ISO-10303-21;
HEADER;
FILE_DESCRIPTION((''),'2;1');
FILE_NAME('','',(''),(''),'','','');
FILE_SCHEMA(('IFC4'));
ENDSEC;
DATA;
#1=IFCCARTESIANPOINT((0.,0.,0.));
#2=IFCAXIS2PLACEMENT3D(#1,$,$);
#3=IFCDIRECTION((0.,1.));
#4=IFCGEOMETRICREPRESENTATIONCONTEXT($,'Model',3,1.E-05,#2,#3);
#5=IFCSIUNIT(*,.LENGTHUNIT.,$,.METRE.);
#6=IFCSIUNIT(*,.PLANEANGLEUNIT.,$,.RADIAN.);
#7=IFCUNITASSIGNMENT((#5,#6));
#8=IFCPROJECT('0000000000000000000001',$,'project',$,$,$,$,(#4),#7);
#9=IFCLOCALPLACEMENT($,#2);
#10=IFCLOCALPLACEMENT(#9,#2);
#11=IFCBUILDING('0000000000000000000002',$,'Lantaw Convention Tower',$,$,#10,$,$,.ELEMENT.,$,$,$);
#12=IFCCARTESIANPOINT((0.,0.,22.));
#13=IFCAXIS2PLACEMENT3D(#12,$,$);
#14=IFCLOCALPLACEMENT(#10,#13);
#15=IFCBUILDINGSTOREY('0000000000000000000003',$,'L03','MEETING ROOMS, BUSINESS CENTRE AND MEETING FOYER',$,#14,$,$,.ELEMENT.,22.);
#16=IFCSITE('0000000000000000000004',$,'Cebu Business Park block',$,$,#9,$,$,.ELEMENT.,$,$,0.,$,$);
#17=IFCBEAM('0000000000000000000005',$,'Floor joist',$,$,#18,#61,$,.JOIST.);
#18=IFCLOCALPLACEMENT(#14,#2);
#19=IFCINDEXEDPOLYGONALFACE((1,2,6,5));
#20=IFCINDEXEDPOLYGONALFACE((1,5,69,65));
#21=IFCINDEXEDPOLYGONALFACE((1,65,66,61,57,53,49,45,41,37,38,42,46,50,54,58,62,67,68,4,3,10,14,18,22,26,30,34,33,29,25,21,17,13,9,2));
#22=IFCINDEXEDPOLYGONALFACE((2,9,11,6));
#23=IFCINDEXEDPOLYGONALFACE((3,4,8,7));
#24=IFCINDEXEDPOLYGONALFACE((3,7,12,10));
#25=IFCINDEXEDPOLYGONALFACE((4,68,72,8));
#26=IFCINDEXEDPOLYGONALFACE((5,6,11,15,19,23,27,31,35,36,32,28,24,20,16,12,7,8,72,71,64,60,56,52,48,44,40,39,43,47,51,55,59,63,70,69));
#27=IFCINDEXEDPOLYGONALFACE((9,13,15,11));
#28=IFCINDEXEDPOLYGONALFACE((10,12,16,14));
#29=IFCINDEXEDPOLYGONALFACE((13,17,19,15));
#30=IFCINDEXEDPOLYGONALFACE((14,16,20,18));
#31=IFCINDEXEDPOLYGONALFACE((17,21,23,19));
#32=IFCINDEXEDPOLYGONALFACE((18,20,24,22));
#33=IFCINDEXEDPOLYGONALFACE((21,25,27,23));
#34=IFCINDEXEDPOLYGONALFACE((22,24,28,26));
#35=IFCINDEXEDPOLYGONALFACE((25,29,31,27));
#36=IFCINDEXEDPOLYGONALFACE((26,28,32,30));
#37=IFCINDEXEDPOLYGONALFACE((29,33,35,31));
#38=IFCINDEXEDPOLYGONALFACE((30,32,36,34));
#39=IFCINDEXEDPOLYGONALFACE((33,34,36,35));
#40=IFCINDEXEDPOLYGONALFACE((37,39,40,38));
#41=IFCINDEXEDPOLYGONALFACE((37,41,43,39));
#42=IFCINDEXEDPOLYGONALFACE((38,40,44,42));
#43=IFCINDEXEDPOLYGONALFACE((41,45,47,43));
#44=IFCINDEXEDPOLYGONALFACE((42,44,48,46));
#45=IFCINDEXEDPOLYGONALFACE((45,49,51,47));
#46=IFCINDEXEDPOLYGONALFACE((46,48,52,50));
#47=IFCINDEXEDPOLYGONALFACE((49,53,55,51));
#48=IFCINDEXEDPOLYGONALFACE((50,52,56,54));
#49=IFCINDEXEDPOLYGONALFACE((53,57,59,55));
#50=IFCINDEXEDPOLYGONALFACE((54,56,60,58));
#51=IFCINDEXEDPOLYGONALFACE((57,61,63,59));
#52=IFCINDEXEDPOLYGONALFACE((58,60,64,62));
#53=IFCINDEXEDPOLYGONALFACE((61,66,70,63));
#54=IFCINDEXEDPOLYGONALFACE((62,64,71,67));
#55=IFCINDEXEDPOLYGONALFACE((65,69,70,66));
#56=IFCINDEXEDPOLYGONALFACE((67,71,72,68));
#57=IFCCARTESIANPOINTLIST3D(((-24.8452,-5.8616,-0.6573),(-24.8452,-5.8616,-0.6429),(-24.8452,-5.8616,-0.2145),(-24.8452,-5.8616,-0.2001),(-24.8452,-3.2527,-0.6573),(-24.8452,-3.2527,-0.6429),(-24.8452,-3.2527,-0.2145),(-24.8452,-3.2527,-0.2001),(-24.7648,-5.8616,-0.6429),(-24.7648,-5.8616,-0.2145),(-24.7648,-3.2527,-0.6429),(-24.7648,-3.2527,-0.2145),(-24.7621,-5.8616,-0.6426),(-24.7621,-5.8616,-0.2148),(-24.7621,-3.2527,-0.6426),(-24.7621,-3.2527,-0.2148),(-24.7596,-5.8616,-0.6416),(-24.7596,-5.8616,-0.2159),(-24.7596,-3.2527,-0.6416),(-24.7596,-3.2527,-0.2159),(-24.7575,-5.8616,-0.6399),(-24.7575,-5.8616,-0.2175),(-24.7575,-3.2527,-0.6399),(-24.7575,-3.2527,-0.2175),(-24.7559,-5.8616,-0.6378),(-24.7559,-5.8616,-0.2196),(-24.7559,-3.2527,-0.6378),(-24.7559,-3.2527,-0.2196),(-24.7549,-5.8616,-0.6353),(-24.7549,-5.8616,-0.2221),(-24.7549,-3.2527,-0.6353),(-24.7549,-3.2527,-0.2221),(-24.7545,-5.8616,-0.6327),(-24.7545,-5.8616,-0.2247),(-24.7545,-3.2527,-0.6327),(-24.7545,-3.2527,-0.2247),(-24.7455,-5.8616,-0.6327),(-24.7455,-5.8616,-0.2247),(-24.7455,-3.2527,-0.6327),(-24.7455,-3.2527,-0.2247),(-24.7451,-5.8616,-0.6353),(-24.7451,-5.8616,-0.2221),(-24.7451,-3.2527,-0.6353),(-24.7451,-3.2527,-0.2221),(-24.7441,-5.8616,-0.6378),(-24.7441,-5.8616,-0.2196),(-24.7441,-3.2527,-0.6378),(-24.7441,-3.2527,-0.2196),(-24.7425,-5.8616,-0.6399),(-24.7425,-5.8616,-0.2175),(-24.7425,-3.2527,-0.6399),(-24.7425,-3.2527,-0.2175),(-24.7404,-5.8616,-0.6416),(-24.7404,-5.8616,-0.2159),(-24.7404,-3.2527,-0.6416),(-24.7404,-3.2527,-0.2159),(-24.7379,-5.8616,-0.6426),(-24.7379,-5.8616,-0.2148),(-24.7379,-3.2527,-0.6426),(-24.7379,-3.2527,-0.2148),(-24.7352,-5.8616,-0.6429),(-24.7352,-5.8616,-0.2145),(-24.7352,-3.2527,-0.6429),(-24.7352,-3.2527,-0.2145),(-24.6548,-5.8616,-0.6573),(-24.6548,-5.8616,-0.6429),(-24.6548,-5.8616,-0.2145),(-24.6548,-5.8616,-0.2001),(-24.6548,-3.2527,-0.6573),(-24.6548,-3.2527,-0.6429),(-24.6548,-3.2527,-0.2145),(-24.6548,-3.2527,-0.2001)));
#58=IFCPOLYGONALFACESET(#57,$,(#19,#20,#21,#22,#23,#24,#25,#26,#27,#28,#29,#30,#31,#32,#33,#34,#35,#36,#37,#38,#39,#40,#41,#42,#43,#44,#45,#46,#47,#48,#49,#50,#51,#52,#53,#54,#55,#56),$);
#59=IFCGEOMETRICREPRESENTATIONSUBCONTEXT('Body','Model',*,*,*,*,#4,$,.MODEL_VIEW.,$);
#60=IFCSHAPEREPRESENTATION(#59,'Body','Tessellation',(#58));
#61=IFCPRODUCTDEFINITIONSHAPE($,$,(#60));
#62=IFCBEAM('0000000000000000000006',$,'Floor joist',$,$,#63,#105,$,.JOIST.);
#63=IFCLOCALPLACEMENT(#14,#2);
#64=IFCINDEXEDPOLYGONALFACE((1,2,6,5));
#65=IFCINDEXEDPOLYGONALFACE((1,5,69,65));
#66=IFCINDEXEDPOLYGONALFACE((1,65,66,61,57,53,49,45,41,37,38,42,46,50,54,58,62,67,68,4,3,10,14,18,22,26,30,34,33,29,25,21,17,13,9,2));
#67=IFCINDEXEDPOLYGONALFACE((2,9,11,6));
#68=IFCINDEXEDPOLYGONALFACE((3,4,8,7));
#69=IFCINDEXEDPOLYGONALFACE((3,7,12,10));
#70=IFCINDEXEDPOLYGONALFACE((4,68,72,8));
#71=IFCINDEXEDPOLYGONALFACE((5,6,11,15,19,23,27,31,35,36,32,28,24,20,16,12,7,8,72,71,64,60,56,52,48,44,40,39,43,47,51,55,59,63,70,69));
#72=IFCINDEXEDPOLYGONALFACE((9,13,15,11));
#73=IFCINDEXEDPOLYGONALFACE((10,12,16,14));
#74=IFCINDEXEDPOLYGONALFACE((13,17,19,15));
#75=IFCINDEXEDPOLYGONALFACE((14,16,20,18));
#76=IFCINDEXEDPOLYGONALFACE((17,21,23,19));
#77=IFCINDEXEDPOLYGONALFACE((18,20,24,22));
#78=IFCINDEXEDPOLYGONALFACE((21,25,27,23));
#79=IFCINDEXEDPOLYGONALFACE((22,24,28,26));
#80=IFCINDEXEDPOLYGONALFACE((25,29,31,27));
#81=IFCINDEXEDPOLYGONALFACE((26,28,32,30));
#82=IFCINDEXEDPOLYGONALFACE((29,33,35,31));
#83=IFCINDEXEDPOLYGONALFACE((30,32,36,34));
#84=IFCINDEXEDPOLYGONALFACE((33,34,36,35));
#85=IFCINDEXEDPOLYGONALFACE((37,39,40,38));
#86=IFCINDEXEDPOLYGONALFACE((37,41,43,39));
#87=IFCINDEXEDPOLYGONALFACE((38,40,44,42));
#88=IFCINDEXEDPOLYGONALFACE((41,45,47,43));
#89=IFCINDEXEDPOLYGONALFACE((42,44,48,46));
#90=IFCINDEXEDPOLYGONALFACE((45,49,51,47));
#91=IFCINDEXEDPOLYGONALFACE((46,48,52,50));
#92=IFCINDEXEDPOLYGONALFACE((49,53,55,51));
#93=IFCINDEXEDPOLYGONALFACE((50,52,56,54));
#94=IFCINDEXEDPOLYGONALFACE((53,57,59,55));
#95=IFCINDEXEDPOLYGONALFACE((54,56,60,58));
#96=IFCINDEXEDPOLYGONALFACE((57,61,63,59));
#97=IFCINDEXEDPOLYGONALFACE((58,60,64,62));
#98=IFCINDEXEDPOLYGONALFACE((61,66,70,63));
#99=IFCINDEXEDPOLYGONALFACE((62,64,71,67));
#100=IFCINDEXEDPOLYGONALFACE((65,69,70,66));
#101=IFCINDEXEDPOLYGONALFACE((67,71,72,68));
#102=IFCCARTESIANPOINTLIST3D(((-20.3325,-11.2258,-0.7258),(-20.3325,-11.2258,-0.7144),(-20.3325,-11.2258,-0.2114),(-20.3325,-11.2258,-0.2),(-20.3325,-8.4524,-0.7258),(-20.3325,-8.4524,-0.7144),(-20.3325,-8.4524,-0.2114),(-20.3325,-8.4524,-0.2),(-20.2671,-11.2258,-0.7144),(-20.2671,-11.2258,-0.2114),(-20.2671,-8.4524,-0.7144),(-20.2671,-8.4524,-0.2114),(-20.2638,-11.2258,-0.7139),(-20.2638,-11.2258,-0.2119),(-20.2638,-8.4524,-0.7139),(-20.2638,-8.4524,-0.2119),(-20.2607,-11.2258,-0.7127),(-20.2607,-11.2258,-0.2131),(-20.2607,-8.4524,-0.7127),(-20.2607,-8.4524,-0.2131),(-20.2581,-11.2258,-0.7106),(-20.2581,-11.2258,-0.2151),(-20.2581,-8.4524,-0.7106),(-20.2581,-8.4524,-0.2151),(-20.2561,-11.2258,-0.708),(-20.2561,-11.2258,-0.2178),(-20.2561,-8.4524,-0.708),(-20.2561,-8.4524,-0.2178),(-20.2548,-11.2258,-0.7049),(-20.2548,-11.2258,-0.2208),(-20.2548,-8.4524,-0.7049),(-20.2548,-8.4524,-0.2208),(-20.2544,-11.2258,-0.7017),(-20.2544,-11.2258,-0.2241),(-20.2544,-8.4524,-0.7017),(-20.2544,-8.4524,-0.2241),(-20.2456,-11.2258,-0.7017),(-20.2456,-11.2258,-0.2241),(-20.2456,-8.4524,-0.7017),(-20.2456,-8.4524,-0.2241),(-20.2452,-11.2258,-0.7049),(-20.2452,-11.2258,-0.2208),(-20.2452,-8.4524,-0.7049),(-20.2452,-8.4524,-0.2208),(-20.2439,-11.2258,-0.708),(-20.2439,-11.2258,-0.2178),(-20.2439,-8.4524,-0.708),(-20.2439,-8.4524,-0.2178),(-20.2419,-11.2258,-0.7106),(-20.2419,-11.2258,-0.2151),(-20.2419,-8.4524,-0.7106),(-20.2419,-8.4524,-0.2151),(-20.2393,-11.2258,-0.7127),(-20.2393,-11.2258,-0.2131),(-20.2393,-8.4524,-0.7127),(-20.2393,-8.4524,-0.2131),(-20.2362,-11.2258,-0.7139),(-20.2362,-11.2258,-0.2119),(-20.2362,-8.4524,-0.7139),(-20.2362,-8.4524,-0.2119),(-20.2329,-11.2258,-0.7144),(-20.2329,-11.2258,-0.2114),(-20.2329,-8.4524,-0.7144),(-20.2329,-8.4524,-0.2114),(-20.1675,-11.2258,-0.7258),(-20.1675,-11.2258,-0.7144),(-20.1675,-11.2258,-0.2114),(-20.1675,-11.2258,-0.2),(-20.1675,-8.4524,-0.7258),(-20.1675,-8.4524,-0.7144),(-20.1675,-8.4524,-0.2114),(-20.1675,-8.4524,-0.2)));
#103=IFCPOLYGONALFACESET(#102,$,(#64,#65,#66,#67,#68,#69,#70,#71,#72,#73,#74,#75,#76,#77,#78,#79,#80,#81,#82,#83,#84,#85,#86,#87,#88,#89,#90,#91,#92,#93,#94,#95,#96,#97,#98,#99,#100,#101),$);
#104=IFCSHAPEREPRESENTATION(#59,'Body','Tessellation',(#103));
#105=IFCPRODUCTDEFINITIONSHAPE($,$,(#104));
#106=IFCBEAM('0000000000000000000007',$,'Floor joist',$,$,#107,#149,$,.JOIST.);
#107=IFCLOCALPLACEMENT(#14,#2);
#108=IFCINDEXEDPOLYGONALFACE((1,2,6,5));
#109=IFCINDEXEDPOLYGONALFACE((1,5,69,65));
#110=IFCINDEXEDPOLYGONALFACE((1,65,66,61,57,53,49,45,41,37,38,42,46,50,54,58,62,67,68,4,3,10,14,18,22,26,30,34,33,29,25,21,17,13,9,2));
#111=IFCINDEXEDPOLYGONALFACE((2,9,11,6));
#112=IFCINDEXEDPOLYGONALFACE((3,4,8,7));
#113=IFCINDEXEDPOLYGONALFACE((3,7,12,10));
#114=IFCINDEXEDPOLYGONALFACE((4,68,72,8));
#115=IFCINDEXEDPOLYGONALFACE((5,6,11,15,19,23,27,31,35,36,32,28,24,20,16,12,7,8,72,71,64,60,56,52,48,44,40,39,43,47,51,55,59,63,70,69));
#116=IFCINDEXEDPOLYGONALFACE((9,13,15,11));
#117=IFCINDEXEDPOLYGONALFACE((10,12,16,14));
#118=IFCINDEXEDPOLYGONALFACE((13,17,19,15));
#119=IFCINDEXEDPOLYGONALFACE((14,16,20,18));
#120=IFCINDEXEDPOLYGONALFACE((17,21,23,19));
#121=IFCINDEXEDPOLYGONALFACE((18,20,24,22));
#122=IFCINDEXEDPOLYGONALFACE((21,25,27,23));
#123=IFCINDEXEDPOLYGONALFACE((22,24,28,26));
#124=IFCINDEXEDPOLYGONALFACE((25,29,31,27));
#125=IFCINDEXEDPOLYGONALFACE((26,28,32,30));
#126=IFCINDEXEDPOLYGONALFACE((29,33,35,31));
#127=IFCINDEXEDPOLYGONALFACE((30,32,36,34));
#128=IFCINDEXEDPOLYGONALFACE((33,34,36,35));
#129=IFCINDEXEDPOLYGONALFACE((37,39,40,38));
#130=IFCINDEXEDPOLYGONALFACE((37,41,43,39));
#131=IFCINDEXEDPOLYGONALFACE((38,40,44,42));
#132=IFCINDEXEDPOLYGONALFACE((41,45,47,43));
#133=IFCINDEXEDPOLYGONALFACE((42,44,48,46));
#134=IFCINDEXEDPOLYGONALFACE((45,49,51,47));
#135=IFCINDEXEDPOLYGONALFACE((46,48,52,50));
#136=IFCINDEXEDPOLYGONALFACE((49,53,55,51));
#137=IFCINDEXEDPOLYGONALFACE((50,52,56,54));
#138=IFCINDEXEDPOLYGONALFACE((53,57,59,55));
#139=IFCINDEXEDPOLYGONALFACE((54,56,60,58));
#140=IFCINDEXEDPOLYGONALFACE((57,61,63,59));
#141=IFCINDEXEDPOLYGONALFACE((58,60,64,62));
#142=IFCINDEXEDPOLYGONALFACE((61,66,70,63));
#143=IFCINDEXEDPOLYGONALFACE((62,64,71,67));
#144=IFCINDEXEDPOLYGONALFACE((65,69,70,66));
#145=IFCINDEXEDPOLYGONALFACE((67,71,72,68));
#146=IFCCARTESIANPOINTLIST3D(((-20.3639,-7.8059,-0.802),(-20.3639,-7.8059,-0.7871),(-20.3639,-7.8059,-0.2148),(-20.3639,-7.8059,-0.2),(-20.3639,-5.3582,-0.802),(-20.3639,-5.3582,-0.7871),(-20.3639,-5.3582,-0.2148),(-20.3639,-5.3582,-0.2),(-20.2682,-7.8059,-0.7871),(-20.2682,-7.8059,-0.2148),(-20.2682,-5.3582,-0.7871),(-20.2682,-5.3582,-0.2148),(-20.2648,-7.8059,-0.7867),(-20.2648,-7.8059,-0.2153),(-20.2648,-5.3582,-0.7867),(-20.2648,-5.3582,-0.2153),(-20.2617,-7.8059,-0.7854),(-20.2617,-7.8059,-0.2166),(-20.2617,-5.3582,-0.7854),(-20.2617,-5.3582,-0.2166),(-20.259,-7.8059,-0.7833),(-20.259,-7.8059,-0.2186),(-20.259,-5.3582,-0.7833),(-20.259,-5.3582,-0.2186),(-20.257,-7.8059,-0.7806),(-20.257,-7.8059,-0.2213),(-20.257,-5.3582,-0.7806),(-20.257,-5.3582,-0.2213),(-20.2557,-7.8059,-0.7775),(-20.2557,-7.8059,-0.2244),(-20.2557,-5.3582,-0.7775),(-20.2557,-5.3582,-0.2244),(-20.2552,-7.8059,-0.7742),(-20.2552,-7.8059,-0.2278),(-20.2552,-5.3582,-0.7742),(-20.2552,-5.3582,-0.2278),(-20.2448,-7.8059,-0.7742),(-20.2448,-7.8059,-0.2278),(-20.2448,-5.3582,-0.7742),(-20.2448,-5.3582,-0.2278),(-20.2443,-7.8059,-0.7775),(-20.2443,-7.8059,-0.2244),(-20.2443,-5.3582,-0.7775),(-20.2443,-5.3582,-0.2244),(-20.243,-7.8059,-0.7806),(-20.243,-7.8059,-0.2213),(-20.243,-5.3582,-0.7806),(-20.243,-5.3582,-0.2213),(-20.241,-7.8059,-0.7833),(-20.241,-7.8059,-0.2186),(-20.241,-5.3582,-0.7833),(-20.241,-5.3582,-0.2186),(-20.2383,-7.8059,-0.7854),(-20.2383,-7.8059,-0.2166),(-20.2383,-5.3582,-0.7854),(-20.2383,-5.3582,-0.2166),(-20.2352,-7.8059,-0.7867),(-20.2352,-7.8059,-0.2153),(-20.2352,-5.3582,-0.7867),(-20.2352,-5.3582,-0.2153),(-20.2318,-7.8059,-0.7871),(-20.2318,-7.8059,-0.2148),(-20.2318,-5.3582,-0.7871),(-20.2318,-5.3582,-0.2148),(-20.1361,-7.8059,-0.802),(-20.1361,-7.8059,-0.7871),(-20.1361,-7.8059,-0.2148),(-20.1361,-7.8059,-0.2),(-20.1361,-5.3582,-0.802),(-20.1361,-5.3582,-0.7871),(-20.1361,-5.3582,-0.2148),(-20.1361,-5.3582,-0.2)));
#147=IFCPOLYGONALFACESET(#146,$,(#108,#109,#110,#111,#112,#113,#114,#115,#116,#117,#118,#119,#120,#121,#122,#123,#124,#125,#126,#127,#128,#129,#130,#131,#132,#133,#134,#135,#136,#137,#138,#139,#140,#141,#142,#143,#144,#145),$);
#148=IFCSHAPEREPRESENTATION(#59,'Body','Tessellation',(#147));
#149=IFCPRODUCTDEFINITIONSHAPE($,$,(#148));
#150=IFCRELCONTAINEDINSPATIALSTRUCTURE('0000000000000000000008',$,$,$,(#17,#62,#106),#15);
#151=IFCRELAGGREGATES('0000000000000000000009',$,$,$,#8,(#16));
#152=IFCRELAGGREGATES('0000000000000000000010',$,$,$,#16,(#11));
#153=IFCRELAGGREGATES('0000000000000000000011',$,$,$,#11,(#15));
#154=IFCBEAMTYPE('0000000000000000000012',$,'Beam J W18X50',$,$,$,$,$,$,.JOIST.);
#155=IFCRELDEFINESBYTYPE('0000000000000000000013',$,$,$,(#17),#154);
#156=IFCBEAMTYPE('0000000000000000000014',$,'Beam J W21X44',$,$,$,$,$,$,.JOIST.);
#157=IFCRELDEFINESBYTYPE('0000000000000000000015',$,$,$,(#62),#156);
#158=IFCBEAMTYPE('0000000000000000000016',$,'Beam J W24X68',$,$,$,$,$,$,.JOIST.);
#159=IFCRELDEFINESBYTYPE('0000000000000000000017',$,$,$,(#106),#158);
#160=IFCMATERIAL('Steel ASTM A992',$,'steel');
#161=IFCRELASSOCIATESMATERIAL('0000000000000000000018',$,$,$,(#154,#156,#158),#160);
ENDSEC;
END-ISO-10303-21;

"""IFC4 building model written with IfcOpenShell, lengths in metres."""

from ifc_helpers import new_model, si_unit, direction, frame, origin, origin_2d, place, context, subcontext, project, spatial, i_section, extrude, material, material_profile, profile_set, type_object, element, save


model = new_model("IFC4")

# Units and contexts
model_context = context("Model", 3, precision=1e-05, world=origin(), true_north=direction((0.0, 1.0)))
body_context = subcontext(model_context, "Body", "Model", "MODEL_VIEW")
ifc_project = project(units=[si_unit("LENGTHUNIT", "METRE"), si_unit("PLANEANGLEUNIT", "RADIAN")], contexts=[model_context])

# Site, building, storey
site_placement = place(None, origin())
site = spatial("IfcSite", under=ifc_project, at=site_placement, Name="Cebu Business Park block", CompositionType="ELEMENT", RefElevation=0.0)
building_placement = place(site_placement, origin())
building = spatial("IfcBuilding", under=site, at=building_placement, Name="Lantaw Convention Tower", CompositionType="ELEMENT")
storey_placement = place(building_placement, frame((0.0, 0.0, 22.0)))
storey = spatial("IfcBuildingStorey", under=building, at=storey_placement, Name="L03", Description="MEETING ROOMS, BUSINESS CENTRE AND MEETING FOYER", CompositionType="ELEMENT", Elevation=22.0)

# Beams
ifc_material_1 = material(Name="Steel ASTM A992", Category="steel")
ifc_material_profile_1 = material_profile(ifc_material_1, i_section(OverallWidth=0.1904, OverallDepth=0.4573, WebThickness=0.009, FlangeThickness=0.0144, FilletRadius=0.0103, at=origin_2d()), Name="W18X50")
ifc_profile_set_1 = profile_set([ifc_material_profile_1], Name="Steel ASTM A992")
beam_type_1 = type_object("IfcBeamType", Name="Beam J W18X50", PredefinedType="JOIST", material=ifc_profile_set_1)
beam_1_placement = place(storey_placement, frame((-24.75, -5.8616, -0.4287), z_axis=(0.0, 1.0, 0.0), x_axis=(-1.0, 0.0, 0.0)))
element("IfcBeam", 1, at=beam_1_placement, inside=storey, type_object=beam_type_1, Name="Floor joist", PredefinedType="JOIST", context=body_context, shape_type="SweptSolid", body=[
    extrude(i_section(OverallWidth=0.1904, OverallDepth=0.4573, WebThickness=0.009, FlangeThickness=0.0144, FilletRadius=0.0103, at=origin_2d()), origin(), (0.0, 0.0, 1.0), 2.6089),
])
ifc_material_profile_2 = material_profile(ifc_material_1, i_section(OverallWidth=0.165, OverallDepth=0.5259, WebThickness=0.0088, FlangeThickness=0.0115, FilletRadius=0.0127, at=origin_2d()), Name="W21X44")
ifc_profile_set_2 = profile_set([ifc_material_profile_2], Name="Steel ASTM A992")
beam_type_2 = type_object("IfcBeamType", Name="Beam J W21X44", PredefinedType="JOIST", material=ifc_profile_set_2)
beam_2_placement = place(storey_placement, frame((-20.25, -11.2258, -0.4629), z_axis=(0.0, 1.0, 0.0), x_axis=(-1.0, 0.0, 0.0)))
element("IfcBeam", 2, at=beam_2_placement, inside=storey, type_object=beam_type_2, Name="Floor joist", PredefinedType="JOIST", context=body_context, shape_type="SweptSolid", body=[
    extrude(i_section(OverallWidth=0.165, OverallDepth=0.5259, WebThickness=0.0088, FlangeThickness=0.0115, FilletRadius=0.0127, at=origin_2d()), origin(), (0.0, 0.0, 1.0), 2.7734),
])
ifc_material_profile_3 = material_profile(ifc_material_1, i_section(OverallWidth=0.2278, OverallDepth=0.6021, WebThickness=0.0105, FlangeThickness=0.0149, FilletRadius=0.0129, at=origin_2d()), Name="W24X68")
ifc_profile_set_3 = profile_set([ifc_material_profile_3], Name="Steel ASTM A992")
beam_type_3 = type_object("IfcBeamType", Name="Beam J W24X68", PredefinedType="JOIST", material=ifc_profile_set_3)
beam_3_placement = place(storey_placement, frame((-20.25, -7.8059, -0.501), z_axis=(0.0, 1.0, 0.0), x_axis=(-1.0, 0.0, 0.0)))
element("IfcBeam", 3, at=beam_3_placement, inside=storey, type_object=beam_type_3, Name="Floor joist", PredefinedType="JOIST", context=body_context, shape_type="SweptSolid", body=[
    extrude(i_section(OverallWidth=0.2278, OverallDepth=0.6021, WebThickness=0.0105, FlangeThickness=0.0149, FilletRadius=0.0129, at=origin_2d()), origin(), (0.0, 0.0, 1.0), 2.4478),
])

save(model, "model.ifc")
